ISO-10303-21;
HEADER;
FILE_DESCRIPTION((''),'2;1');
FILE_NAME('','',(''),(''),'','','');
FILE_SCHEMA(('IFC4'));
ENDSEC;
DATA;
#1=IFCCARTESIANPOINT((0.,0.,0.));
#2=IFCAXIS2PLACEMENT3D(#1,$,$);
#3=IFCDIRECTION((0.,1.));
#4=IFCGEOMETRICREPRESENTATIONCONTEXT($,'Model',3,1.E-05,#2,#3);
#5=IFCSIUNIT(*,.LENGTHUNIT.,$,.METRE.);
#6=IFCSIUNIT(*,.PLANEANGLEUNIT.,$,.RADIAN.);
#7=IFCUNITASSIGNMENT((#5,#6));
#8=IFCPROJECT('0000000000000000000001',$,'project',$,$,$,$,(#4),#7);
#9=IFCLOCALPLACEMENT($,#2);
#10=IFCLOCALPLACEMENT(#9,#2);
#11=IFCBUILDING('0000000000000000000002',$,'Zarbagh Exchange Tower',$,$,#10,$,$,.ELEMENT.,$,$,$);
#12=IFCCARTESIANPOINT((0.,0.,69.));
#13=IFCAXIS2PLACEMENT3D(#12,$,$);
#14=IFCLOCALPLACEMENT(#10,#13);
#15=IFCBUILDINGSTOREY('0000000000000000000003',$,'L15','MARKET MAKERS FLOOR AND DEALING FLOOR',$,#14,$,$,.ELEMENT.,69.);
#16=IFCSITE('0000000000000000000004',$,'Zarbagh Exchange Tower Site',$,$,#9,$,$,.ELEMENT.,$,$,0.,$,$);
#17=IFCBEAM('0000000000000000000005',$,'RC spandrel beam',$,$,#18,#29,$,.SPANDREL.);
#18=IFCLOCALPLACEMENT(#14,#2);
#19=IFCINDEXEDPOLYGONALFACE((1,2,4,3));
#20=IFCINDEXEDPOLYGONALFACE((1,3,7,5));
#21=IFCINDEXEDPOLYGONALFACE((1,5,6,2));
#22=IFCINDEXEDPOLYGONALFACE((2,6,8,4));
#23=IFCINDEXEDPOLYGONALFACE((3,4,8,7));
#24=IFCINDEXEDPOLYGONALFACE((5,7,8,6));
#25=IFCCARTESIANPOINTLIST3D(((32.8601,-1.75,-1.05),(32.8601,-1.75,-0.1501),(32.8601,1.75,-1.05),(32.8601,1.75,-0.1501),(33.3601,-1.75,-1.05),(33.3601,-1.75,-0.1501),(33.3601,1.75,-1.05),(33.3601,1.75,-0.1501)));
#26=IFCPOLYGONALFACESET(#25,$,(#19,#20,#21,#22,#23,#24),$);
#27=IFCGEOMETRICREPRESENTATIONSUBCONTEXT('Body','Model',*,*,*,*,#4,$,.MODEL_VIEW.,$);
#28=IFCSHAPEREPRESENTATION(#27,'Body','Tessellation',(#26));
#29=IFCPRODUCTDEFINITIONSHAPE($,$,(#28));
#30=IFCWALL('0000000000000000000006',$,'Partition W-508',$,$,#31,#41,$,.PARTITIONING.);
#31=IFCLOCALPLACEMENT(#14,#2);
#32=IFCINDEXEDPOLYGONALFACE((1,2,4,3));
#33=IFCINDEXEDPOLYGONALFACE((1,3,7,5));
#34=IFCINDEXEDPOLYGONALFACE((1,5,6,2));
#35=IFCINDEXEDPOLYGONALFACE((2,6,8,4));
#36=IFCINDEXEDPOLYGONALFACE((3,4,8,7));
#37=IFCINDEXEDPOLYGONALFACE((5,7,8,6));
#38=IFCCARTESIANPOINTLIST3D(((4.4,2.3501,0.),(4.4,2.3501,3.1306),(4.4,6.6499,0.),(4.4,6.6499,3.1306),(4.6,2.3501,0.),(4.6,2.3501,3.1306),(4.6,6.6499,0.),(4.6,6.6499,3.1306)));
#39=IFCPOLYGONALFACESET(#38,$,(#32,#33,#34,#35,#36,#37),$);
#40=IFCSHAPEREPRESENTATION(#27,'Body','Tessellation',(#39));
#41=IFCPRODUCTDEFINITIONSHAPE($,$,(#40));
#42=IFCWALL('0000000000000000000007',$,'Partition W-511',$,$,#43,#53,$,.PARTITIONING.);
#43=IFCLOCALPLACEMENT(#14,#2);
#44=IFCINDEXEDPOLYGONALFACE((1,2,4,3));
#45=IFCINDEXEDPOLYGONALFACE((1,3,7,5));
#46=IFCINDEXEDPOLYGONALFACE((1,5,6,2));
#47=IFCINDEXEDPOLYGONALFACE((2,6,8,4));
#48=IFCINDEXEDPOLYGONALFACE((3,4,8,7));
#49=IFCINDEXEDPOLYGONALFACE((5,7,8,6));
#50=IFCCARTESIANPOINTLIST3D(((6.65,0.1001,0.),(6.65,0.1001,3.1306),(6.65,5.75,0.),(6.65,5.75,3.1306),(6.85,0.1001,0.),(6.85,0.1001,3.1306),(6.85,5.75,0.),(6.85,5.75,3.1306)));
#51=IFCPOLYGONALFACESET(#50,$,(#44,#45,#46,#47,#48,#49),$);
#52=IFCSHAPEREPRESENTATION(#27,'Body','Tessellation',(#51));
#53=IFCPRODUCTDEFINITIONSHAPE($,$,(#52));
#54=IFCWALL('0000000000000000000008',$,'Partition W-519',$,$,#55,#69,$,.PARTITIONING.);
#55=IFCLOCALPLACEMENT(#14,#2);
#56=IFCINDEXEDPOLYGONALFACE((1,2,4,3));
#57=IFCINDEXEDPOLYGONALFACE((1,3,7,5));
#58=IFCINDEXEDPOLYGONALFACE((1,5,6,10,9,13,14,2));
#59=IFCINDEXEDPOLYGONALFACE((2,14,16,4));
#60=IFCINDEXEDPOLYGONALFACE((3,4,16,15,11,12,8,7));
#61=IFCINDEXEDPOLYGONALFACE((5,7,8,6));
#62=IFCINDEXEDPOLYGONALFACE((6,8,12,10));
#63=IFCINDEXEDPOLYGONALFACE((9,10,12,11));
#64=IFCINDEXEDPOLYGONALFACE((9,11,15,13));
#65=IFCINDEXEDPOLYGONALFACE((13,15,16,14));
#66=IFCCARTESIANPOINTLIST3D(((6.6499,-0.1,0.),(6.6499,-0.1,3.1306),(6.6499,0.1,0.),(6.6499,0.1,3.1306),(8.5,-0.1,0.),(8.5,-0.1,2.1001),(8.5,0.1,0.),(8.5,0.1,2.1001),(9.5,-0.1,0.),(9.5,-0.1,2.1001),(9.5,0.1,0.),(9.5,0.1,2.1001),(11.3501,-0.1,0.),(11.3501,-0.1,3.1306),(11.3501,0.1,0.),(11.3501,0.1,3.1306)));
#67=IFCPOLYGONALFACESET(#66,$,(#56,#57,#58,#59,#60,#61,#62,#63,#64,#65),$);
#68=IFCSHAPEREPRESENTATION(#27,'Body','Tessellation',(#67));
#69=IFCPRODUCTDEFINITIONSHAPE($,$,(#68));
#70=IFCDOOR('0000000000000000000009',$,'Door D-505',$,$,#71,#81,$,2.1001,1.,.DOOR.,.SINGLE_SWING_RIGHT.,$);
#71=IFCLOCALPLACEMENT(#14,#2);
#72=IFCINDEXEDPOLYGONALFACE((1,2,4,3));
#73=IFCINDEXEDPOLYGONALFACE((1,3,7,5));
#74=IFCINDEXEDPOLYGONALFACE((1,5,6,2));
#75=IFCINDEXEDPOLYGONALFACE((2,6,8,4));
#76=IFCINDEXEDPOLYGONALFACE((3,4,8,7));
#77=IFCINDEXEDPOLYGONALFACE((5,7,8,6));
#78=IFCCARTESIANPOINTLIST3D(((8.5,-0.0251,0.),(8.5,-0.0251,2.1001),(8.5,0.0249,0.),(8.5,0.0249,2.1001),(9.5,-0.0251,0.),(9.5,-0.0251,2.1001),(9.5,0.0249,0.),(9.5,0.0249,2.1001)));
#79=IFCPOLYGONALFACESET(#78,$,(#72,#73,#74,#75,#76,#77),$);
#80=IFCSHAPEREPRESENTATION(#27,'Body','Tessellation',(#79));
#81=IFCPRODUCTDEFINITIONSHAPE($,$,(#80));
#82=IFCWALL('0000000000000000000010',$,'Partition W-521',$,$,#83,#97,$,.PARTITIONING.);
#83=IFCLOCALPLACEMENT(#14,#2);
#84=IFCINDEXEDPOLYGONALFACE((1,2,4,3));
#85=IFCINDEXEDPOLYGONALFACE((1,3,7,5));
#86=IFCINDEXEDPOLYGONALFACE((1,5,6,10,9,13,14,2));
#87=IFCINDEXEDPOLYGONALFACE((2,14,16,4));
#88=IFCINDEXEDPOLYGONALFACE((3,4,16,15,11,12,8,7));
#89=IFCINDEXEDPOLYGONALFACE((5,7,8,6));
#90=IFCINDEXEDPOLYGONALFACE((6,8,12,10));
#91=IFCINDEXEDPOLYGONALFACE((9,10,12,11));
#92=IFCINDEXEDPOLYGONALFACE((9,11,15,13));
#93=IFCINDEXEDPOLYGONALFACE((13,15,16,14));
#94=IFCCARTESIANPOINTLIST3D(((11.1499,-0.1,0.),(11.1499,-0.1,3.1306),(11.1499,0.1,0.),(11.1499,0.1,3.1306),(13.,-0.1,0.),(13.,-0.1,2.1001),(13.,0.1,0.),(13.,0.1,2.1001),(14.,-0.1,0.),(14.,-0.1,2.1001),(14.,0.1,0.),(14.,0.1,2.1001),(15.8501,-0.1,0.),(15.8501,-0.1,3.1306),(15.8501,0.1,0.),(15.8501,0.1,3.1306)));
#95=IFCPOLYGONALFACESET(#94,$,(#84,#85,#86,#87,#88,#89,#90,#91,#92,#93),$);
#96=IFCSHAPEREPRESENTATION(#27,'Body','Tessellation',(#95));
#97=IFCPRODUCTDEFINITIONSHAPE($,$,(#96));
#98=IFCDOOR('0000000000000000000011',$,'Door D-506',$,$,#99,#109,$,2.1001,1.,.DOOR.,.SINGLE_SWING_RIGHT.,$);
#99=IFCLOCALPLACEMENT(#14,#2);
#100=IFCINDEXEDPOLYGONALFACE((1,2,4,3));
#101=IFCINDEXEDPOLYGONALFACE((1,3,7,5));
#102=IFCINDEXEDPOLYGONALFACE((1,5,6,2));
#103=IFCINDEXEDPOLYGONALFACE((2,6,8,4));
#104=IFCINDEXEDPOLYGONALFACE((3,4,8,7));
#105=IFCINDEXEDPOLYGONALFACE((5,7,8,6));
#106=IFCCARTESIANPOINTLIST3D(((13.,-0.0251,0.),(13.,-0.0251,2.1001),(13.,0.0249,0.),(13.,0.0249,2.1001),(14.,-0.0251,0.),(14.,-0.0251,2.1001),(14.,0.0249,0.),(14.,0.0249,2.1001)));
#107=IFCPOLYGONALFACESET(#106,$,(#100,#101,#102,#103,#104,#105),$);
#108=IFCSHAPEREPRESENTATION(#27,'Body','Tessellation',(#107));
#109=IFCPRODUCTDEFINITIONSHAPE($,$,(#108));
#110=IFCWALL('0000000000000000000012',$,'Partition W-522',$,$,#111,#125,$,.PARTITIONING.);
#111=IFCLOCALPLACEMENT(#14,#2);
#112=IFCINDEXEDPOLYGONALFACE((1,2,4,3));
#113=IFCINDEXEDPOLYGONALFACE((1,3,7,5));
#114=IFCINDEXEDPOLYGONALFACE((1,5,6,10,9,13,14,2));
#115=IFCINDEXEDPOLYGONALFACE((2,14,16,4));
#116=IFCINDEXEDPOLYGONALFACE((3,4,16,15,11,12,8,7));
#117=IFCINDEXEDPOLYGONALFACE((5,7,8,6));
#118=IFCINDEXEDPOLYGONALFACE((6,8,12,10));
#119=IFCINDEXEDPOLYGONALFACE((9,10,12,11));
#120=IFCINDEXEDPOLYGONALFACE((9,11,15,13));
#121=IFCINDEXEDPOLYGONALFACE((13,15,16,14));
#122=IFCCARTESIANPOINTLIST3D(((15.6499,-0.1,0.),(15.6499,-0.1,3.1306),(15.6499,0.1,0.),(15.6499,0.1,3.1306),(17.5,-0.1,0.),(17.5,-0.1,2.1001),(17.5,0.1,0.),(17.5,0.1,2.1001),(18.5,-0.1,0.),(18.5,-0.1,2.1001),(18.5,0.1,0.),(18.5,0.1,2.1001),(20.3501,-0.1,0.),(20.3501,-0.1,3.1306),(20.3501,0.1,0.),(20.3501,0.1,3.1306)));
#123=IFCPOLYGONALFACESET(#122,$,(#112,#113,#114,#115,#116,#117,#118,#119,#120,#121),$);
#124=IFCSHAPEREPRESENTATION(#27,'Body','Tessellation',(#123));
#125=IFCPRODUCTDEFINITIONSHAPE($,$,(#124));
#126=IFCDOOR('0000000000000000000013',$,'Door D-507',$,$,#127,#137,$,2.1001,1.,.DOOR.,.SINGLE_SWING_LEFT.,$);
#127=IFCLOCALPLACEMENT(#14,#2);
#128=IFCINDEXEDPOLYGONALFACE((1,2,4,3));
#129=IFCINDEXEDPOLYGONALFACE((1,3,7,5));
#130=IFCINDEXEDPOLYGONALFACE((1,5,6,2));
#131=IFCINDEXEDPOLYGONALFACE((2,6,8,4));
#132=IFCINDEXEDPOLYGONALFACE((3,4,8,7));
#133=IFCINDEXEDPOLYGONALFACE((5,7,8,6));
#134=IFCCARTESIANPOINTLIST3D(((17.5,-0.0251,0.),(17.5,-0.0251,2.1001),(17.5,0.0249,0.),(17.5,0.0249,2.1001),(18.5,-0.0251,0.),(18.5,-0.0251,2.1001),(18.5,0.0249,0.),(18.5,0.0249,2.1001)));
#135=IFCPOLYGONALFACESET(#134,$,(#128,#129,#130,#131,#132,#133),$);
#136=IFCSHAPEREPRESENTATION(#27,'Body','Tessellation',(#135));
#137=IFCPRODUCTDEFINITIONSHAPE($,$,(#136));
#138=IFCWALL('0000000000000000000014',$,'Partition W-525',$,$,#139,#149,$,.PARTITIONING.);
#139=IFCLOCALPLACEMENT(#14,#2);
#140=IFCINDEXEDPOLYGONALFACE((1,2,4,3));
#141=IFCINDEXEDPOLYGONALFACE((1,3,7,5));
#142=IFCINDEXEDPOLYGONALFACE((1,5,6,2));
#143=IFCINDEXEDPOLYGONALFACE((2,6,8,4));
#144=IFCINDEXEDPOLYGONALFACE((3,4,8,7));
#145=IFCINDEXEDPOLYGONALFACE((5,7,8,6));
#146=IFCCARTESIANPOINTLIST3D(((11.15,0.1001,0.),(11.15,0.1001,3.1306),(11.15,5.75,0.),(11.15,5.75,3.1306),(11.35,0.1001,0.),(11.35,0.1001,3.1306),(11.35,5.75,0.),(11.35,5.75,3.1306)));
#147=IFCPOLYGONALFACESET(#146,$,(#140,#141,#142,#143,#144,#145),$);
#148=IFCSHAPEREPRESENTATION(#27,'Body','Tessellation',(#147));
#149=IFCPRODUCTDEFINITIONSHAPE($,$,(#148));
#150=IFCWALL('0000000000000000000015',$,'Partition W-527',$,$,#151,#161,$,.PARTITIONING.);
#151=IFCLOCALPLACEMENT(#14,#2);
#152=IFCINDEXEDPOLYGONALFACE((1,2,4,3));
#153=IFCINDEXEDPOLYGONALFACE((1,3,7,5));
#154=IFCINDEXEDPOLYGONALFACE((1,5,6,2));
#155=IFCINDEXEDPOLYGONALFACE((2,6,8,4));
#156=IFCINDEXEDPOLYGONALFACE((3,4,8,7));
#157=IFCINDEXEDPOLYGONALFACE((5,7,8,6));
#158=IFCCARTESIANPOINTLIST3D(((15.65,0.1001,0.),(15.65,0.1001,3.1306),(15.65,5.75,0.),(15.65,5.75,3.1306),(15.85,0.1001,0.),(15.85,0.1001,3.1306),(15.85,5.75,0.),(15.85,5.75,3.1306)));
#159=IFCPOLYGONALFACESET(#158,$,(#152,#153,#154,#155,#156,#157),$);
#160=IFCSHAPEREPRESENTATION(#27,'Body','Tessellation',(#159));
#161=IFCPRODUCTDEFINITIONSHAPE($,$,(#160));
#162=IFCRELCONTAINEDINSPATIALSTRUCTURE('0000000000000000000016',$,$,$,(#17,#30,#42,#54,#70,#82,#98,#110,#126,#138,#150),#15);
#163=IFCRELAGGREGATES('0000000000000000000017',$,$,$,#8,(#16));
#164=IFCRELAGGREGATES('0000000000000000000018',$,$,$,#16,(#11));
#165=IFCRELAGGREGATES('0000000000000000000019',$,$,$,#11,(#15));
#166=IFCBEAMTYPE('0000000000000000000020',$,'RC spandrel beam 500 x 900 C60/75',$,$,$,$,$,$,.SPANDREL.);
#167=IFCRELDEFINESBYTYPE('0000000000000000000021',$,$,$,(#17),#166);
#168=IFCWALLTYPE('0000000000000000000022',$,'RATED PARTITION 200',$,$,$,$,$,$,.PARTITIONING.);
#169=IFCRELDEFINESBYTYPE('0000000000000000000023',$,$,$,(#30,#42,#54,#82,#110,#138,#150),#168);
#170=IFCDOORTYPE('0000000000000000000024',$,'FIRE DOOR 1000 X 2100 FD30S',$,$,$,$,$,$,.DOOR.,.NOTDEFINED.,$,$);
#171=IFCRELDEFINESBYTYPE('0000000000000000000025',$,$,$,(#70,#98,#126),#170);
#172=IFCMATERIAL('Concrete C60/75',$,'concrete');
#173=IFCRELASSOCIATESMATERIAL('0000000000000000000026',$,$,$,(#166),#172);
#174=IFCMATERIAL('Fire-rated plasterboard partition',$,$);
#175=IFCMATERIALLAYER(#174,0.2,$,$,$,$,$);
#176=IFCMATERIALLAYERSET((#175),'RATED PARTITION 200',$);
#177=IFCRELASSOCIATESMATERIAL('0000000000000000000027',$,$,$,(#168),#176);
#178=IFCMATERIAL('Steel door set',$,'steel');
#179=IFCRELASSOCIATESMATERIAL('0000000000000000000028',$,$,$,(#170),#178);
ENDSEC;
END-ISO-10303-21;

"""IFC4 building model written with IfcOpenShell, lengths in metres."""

from ifc_helpers import new_model, si_unit, direction, frame, frame_2d, origin, origin_2d, place, context, subcontext, project, spatial, rectangle, extrude, material, layer, layer_set, material_profile, profile_set, type_object, element, fill, save


model = new_model("IFC4")

# Units and contexts
model_context = context("Model", 3, precision=1e-05, world=origin(), true_north=direction((0.0, 1.0)))
body_context = subcontext(model_context, "Body", "Model", "MODEL_VIEW")
ifc_project = project(units=[si_unit("LENGTHUNIT", "METRE"), si_unit("PLANEANGLEUNIT", "RADIAN")], contexts=[model_context])

# Site, building, storey
site_placement = place(None, origin())
site = spatial("IfcSite", under=ifc_project, at=site_placement, Name="Zarbagh Exchange Tower Site", CompositionType="ELEMENT", RefElevation=0.0)
building_placement = place(site_placement, origin())
building = spatial("IfcBuilding", under=site, at=building_placement, Name="Zarbagh Exchange Tower", CompositionType="ELEMENT")
storey_placement = place(building_placement, frame((0.0, 0.0, 69.0)))
storey = spatial("IfcBuildingStorey", under=building, at=storey_placement, Name="L15", Description="MARKET MAKERS FLOOR AND DEALING FLOOR", CompositionType="ELEMENT", Elevation=69.0)

# Shared definitions
ifc_material_1 = material(Name="Concrete C60/75", Category="concrete")

# Beam
ifc_material_profile_1 = material_profile(ifc_material_1, rectangle(XDim=0.5, YDim=0.8999, at=origin_2d()), Name="RC spandrel beam 500 x 900 C60/75")
ifc_profile_set_1 = profile_set([ifc_material_profile_1], Name="Concrete C60/75")
beam_type_1 = type_object("IfcBeamType", Name="RC spandrel beam 500 x 900 C60/75", PredefinedType="SPANDREL", material=ifc_profile_set_1)
beam_1_placement = place(storey_placement, frame((33.1101, 1.75, -0.6001), z_axis=(0.0, -1.0, 0.0), x_axis=(1.0, 0.0, 0.0)))
element("IfcBeam", 1, at=beam_1_placement, inside=storey, type_object=beam_type_1, Name="RC spandrel beam", PredefinedType="SPANDREL", context=body_context, shape_type="SweptSolid", body=[
    extrude(rectangle(XDim=0.5, YDim=0.8999, at=origin_2d()), origin(), (0.0, 0.0, 1.0), 3.5),
])

# Walls
ifc_material_2 = material(Name="Fire-rated plasterboard partition")
ifc_layer = layer(ifc_material_2, 0.2)
ifc_layer_set = layer_set([ifc_layer], Name="RATED PARTITION 200")
wall_type = type_object("IfcWallType", Name="RATED PARTITION 200", PredefinedType="PARTITIONING", material=ifc_layer_set)
wall_1_placement = place(storey_placement, frame((4.5, 2.3501, 0.0), z_axis=(0.0, 0.0, 1.0), x_axis=(0.0, 1.0, 0.0)))
element("IfcWall", 2, at=wall_1_placement, inside=storey, type_object=wall_type, Name="Partition W-508", PredefinedType="PARTITIONING", context=body_context, shape_type="SweptSolid", body=[
    extrude(rectangle(XDim=4.2998, YDim=0.2, at=frame_2d((2.1499, 0.0))), origin(), (0.0, 0.0, 1.0), 3.1306),
])
wall_2_placement = place(storey_placement, frame((6.75, 0.1001, 0.0), z_axis=(0.0, 0.0, 1.0), x_axis=(0.0, 1.0, 0.0)))
element("IfcWall", 3, at=wall_2_placement, inside=storey, type_object=wall_type, Name="Partition W-511", PredefinedType="PARTITIONING", context=body_context, shape_type="SweptSolid", body=[
    extrude(rectangle(XDim=5.6499, YDim=0.2, at=frame_2d((2.825, 0.0))), origin(), (0.0, 0.0, 1.0), 3.1306),
])

# Walls, openings, doors
wall_3_placement = place(storey_placement, frame((6.6499, 0.0, 0.0), z_axis=(0.0, 0.0, 1.0), x_axis=(1.0, 0.0, 0.0)))
wall_3 = element("IfcWall", 4, at=wall_3_placement, inside=storey, type_object=wall_type, Name="Partition W-519", PredefinedType="PARTITIONING", context=body_context, shape_type="SweptSolid", body=[
    extrude(rectangle(XDim=4.7002, YDim=0.2, at=frame_2d((2.3501, 0.0))), origin(), (0.0, 0.0, 1.0), 3.1306),
])
opening_1_placement = place(wall_3_placement, frame((1.8501, 0.0, 0.0)))
opening_1 = element("IfcOpeningElement", 5, at=opening_1_placement, cuts=wall_3, PredefinedType="OPENING", context=body_context, shape_type="SweptSolid", body=[
    extrude(rectangle(XDim=1.0, YDim=2.1001, at=frame_2d((0.5, 1.05))), frame((0.0, 0.1099, 0.0), z_axis=(0.0, -1.0, 0.0), x_axis=(1.0, 0.0, 0.0)), (0.0, 0.0, 1.0), 0.22),
])
ifc_material_3 = material(Name="Steel door set", Category="steel")
door_type_1 = type_object("IfcDoorType", Name="FIRE DOOR 1000 X 2100 FD30S", OperationType="NOTDEFINED", PredefinedType="DOOR", material=ifc_material_3)
door_1_placement = place(opening_1_placement, origin())
door_1 = element("IfcDoor", 6, at=door_1_placement, inside=storey, type_object=door_type_1, Name="Door D-505", OperationType="SINGLE_SWING_RIGHT", OverallHeight=2.1001, OverallWidth=1.0, PredefinedType="DOOR", context=body_context, shape_type="SweptSolid", body=[
    extrude(rectangle(XDim=1.0, YDim=2.1001, at=frame_2d((0.5, 1.05))), frame((0.0, 0.0249, 0.0), z_axis=(0.0, -1.0, 0.0), x_axis=(1.0, 0.0, 0.0)), (0.0, 0.0, 1.0), 0.05),
])
fill(opening_1, door_1)
wall_4_placement = place(storey_placement, frame((11.1499, 0.0, 0.0), z_axis=(0.0, 0.0, 1.0), x_axis=(1.0, 0.0, 0.0)))
wall_4 = element("IfcWall", 7, at=wall_4_placement, inside=storey, type_object=wall_type, Name="Partition W-521", PredefinedType="PARTITIONING", context=body_context, shape_type="SweptSolid", body=[
    extrude(rectangle(XDim=4.7002, YDim=0.2, at=frame_2d((2.3501, 0.0))), origin(), (0.0, 0.0, 1.0), 3.1306),
])
opening_2_placement = place(wall_4_placement, frame((1.8501, 0.0, 0.0)))
opening_2 = element("IfcOpeningElement", 8, at=opening_2_placement, cuts=wall_4, PredefinedType="OPENING", context=body_context, shape_type="SweptSolid", body=[
    extrude(rectangle(XDim=1.0, YDim=2.1001, at=frame_2d((0.5, 1.05))), frame((0.0, 0.1099, 0.0), z_axis=(0.0, -1.0, 0.0), x_axis=(1.0, 0.0, 0.0)), (0.0, 0.0, 1.0), 0.22),
])
door_2_placement = place(opening_2_placement, origin())
door_2 = element("IfcDoor", 9, at=door_2_placement, inside=storey, type_object=door_type_1, Name="Door D-506", OperationType="SINGLE_SWING_RIGHT", OverallHeight=2.1001, OverallWidth=1.0, PredefinedType="DOOR", context=body_context, shape_type="SweptSolid", body=[
    extrude(rectangle(XDim=1.0, YDim=2.1001, at=frame_2d((0.5, 1.05))), frame((0.0, 0.0249, 0.0), z_axis=(0.0, -1.0, 0.0), x_axis=(1.0, 0.0, 0.0)), (0.0, 0.0, 1.0), 0.05),
])
fill(opening_2, door_2)
wall_5_placement = place(storey_placement, frame((15.6499, 0.0, 0.0), z_axis=(0.0, 0.0, 1.0), x_axis=(1.0, 0.0, 0.0)))
wall_5 = element("IfcWall", 10, at=wall_5_placement, inside=storey, type_object=wall_type, Name="Partition W-522", PredefinedType="PARTITIONING", context=body_context, shape_type="SweptSolid", body=[
    extrude(rectangle(XDim=4.7002, YDim=0.2, at=frame_2d((2.3501, 0.0))), origin(), (0.0, 0.0, 1.0), 3.1306),
])
opening_3_placement = place(wall_5_placement, frame((1.8501, 0.0, 0.0)))
opening_3 = element("IfcOpeningElement", 11, at=opening_3_placement, cuts=wall_5, PredefinedType="OPENING", context=body_context, shape_type="SweptSolid", body=[
    extrude(rectangle(XDim=1.0, YDim=2.1001, at=frame_2d((0.5, 1.05))), frame((0.0, 0.1099, 0.0), z_axis=(0.0, -1.0, 0.0), x_axis=(1.0, 0.0, 0.0)), (0.0, 0.0, 1.0), 0.22),
])
door_3_placement = place(opening_3_placement, origin())
door_3 = element("IfcDoor", 12, at=door_3_placement, inside=storey, type_object=door_type_1, Name="Door D-507", OperationType="SINGLE_SWING_LEFT", OverallHeight=2.1001, OverallWidth=1.0, PredefinedType="DOOR", context=body_context, shape_type="SweptSolid", body=[
    extrude(rectangle(XDim=1.0, YDim=2.1001, at=frame_2d((0.5, 1.05))), frame((0.0, 0.0249, 0.0), z_axis=(0.0, -1.0, 0.0), x_axis=(1.0, 0.0, 0.0)), (0.0, 0.0, 1.0), 0.05),
])
fill(opening_3, door_3)

# Walls
for number, where, z_axis, x_axis, name in (
    (13, (11.25, 0.1001, 0.0), (0.0, 0.0, 1.0), (0.0, 1.0, 0.0), "Partition W-525"),
    (14, (15.75, 0.1001, 0.0), (0.0, 0.0, 1.0), (0.0, 1.0, 0.0), "Partition W-527"),
):
    element("IfcWall", number, at=place(storey_placement, frame(where, z_axis=z_axis, x_axis=x_axis)), inside=storey, type_object=wall_type, Name=name, PredefinedType="PARTITIONING", context=body_context, shape_type="SweptSolid", body=[
        extrude(rectangle(XDim=5.6499, YDim=0.2, at=frame_2d((2.825, 0.0))), origin(), (0.0, 0.0, 1.0), 3.1306),
    ])

save(model, "model.ifc")
